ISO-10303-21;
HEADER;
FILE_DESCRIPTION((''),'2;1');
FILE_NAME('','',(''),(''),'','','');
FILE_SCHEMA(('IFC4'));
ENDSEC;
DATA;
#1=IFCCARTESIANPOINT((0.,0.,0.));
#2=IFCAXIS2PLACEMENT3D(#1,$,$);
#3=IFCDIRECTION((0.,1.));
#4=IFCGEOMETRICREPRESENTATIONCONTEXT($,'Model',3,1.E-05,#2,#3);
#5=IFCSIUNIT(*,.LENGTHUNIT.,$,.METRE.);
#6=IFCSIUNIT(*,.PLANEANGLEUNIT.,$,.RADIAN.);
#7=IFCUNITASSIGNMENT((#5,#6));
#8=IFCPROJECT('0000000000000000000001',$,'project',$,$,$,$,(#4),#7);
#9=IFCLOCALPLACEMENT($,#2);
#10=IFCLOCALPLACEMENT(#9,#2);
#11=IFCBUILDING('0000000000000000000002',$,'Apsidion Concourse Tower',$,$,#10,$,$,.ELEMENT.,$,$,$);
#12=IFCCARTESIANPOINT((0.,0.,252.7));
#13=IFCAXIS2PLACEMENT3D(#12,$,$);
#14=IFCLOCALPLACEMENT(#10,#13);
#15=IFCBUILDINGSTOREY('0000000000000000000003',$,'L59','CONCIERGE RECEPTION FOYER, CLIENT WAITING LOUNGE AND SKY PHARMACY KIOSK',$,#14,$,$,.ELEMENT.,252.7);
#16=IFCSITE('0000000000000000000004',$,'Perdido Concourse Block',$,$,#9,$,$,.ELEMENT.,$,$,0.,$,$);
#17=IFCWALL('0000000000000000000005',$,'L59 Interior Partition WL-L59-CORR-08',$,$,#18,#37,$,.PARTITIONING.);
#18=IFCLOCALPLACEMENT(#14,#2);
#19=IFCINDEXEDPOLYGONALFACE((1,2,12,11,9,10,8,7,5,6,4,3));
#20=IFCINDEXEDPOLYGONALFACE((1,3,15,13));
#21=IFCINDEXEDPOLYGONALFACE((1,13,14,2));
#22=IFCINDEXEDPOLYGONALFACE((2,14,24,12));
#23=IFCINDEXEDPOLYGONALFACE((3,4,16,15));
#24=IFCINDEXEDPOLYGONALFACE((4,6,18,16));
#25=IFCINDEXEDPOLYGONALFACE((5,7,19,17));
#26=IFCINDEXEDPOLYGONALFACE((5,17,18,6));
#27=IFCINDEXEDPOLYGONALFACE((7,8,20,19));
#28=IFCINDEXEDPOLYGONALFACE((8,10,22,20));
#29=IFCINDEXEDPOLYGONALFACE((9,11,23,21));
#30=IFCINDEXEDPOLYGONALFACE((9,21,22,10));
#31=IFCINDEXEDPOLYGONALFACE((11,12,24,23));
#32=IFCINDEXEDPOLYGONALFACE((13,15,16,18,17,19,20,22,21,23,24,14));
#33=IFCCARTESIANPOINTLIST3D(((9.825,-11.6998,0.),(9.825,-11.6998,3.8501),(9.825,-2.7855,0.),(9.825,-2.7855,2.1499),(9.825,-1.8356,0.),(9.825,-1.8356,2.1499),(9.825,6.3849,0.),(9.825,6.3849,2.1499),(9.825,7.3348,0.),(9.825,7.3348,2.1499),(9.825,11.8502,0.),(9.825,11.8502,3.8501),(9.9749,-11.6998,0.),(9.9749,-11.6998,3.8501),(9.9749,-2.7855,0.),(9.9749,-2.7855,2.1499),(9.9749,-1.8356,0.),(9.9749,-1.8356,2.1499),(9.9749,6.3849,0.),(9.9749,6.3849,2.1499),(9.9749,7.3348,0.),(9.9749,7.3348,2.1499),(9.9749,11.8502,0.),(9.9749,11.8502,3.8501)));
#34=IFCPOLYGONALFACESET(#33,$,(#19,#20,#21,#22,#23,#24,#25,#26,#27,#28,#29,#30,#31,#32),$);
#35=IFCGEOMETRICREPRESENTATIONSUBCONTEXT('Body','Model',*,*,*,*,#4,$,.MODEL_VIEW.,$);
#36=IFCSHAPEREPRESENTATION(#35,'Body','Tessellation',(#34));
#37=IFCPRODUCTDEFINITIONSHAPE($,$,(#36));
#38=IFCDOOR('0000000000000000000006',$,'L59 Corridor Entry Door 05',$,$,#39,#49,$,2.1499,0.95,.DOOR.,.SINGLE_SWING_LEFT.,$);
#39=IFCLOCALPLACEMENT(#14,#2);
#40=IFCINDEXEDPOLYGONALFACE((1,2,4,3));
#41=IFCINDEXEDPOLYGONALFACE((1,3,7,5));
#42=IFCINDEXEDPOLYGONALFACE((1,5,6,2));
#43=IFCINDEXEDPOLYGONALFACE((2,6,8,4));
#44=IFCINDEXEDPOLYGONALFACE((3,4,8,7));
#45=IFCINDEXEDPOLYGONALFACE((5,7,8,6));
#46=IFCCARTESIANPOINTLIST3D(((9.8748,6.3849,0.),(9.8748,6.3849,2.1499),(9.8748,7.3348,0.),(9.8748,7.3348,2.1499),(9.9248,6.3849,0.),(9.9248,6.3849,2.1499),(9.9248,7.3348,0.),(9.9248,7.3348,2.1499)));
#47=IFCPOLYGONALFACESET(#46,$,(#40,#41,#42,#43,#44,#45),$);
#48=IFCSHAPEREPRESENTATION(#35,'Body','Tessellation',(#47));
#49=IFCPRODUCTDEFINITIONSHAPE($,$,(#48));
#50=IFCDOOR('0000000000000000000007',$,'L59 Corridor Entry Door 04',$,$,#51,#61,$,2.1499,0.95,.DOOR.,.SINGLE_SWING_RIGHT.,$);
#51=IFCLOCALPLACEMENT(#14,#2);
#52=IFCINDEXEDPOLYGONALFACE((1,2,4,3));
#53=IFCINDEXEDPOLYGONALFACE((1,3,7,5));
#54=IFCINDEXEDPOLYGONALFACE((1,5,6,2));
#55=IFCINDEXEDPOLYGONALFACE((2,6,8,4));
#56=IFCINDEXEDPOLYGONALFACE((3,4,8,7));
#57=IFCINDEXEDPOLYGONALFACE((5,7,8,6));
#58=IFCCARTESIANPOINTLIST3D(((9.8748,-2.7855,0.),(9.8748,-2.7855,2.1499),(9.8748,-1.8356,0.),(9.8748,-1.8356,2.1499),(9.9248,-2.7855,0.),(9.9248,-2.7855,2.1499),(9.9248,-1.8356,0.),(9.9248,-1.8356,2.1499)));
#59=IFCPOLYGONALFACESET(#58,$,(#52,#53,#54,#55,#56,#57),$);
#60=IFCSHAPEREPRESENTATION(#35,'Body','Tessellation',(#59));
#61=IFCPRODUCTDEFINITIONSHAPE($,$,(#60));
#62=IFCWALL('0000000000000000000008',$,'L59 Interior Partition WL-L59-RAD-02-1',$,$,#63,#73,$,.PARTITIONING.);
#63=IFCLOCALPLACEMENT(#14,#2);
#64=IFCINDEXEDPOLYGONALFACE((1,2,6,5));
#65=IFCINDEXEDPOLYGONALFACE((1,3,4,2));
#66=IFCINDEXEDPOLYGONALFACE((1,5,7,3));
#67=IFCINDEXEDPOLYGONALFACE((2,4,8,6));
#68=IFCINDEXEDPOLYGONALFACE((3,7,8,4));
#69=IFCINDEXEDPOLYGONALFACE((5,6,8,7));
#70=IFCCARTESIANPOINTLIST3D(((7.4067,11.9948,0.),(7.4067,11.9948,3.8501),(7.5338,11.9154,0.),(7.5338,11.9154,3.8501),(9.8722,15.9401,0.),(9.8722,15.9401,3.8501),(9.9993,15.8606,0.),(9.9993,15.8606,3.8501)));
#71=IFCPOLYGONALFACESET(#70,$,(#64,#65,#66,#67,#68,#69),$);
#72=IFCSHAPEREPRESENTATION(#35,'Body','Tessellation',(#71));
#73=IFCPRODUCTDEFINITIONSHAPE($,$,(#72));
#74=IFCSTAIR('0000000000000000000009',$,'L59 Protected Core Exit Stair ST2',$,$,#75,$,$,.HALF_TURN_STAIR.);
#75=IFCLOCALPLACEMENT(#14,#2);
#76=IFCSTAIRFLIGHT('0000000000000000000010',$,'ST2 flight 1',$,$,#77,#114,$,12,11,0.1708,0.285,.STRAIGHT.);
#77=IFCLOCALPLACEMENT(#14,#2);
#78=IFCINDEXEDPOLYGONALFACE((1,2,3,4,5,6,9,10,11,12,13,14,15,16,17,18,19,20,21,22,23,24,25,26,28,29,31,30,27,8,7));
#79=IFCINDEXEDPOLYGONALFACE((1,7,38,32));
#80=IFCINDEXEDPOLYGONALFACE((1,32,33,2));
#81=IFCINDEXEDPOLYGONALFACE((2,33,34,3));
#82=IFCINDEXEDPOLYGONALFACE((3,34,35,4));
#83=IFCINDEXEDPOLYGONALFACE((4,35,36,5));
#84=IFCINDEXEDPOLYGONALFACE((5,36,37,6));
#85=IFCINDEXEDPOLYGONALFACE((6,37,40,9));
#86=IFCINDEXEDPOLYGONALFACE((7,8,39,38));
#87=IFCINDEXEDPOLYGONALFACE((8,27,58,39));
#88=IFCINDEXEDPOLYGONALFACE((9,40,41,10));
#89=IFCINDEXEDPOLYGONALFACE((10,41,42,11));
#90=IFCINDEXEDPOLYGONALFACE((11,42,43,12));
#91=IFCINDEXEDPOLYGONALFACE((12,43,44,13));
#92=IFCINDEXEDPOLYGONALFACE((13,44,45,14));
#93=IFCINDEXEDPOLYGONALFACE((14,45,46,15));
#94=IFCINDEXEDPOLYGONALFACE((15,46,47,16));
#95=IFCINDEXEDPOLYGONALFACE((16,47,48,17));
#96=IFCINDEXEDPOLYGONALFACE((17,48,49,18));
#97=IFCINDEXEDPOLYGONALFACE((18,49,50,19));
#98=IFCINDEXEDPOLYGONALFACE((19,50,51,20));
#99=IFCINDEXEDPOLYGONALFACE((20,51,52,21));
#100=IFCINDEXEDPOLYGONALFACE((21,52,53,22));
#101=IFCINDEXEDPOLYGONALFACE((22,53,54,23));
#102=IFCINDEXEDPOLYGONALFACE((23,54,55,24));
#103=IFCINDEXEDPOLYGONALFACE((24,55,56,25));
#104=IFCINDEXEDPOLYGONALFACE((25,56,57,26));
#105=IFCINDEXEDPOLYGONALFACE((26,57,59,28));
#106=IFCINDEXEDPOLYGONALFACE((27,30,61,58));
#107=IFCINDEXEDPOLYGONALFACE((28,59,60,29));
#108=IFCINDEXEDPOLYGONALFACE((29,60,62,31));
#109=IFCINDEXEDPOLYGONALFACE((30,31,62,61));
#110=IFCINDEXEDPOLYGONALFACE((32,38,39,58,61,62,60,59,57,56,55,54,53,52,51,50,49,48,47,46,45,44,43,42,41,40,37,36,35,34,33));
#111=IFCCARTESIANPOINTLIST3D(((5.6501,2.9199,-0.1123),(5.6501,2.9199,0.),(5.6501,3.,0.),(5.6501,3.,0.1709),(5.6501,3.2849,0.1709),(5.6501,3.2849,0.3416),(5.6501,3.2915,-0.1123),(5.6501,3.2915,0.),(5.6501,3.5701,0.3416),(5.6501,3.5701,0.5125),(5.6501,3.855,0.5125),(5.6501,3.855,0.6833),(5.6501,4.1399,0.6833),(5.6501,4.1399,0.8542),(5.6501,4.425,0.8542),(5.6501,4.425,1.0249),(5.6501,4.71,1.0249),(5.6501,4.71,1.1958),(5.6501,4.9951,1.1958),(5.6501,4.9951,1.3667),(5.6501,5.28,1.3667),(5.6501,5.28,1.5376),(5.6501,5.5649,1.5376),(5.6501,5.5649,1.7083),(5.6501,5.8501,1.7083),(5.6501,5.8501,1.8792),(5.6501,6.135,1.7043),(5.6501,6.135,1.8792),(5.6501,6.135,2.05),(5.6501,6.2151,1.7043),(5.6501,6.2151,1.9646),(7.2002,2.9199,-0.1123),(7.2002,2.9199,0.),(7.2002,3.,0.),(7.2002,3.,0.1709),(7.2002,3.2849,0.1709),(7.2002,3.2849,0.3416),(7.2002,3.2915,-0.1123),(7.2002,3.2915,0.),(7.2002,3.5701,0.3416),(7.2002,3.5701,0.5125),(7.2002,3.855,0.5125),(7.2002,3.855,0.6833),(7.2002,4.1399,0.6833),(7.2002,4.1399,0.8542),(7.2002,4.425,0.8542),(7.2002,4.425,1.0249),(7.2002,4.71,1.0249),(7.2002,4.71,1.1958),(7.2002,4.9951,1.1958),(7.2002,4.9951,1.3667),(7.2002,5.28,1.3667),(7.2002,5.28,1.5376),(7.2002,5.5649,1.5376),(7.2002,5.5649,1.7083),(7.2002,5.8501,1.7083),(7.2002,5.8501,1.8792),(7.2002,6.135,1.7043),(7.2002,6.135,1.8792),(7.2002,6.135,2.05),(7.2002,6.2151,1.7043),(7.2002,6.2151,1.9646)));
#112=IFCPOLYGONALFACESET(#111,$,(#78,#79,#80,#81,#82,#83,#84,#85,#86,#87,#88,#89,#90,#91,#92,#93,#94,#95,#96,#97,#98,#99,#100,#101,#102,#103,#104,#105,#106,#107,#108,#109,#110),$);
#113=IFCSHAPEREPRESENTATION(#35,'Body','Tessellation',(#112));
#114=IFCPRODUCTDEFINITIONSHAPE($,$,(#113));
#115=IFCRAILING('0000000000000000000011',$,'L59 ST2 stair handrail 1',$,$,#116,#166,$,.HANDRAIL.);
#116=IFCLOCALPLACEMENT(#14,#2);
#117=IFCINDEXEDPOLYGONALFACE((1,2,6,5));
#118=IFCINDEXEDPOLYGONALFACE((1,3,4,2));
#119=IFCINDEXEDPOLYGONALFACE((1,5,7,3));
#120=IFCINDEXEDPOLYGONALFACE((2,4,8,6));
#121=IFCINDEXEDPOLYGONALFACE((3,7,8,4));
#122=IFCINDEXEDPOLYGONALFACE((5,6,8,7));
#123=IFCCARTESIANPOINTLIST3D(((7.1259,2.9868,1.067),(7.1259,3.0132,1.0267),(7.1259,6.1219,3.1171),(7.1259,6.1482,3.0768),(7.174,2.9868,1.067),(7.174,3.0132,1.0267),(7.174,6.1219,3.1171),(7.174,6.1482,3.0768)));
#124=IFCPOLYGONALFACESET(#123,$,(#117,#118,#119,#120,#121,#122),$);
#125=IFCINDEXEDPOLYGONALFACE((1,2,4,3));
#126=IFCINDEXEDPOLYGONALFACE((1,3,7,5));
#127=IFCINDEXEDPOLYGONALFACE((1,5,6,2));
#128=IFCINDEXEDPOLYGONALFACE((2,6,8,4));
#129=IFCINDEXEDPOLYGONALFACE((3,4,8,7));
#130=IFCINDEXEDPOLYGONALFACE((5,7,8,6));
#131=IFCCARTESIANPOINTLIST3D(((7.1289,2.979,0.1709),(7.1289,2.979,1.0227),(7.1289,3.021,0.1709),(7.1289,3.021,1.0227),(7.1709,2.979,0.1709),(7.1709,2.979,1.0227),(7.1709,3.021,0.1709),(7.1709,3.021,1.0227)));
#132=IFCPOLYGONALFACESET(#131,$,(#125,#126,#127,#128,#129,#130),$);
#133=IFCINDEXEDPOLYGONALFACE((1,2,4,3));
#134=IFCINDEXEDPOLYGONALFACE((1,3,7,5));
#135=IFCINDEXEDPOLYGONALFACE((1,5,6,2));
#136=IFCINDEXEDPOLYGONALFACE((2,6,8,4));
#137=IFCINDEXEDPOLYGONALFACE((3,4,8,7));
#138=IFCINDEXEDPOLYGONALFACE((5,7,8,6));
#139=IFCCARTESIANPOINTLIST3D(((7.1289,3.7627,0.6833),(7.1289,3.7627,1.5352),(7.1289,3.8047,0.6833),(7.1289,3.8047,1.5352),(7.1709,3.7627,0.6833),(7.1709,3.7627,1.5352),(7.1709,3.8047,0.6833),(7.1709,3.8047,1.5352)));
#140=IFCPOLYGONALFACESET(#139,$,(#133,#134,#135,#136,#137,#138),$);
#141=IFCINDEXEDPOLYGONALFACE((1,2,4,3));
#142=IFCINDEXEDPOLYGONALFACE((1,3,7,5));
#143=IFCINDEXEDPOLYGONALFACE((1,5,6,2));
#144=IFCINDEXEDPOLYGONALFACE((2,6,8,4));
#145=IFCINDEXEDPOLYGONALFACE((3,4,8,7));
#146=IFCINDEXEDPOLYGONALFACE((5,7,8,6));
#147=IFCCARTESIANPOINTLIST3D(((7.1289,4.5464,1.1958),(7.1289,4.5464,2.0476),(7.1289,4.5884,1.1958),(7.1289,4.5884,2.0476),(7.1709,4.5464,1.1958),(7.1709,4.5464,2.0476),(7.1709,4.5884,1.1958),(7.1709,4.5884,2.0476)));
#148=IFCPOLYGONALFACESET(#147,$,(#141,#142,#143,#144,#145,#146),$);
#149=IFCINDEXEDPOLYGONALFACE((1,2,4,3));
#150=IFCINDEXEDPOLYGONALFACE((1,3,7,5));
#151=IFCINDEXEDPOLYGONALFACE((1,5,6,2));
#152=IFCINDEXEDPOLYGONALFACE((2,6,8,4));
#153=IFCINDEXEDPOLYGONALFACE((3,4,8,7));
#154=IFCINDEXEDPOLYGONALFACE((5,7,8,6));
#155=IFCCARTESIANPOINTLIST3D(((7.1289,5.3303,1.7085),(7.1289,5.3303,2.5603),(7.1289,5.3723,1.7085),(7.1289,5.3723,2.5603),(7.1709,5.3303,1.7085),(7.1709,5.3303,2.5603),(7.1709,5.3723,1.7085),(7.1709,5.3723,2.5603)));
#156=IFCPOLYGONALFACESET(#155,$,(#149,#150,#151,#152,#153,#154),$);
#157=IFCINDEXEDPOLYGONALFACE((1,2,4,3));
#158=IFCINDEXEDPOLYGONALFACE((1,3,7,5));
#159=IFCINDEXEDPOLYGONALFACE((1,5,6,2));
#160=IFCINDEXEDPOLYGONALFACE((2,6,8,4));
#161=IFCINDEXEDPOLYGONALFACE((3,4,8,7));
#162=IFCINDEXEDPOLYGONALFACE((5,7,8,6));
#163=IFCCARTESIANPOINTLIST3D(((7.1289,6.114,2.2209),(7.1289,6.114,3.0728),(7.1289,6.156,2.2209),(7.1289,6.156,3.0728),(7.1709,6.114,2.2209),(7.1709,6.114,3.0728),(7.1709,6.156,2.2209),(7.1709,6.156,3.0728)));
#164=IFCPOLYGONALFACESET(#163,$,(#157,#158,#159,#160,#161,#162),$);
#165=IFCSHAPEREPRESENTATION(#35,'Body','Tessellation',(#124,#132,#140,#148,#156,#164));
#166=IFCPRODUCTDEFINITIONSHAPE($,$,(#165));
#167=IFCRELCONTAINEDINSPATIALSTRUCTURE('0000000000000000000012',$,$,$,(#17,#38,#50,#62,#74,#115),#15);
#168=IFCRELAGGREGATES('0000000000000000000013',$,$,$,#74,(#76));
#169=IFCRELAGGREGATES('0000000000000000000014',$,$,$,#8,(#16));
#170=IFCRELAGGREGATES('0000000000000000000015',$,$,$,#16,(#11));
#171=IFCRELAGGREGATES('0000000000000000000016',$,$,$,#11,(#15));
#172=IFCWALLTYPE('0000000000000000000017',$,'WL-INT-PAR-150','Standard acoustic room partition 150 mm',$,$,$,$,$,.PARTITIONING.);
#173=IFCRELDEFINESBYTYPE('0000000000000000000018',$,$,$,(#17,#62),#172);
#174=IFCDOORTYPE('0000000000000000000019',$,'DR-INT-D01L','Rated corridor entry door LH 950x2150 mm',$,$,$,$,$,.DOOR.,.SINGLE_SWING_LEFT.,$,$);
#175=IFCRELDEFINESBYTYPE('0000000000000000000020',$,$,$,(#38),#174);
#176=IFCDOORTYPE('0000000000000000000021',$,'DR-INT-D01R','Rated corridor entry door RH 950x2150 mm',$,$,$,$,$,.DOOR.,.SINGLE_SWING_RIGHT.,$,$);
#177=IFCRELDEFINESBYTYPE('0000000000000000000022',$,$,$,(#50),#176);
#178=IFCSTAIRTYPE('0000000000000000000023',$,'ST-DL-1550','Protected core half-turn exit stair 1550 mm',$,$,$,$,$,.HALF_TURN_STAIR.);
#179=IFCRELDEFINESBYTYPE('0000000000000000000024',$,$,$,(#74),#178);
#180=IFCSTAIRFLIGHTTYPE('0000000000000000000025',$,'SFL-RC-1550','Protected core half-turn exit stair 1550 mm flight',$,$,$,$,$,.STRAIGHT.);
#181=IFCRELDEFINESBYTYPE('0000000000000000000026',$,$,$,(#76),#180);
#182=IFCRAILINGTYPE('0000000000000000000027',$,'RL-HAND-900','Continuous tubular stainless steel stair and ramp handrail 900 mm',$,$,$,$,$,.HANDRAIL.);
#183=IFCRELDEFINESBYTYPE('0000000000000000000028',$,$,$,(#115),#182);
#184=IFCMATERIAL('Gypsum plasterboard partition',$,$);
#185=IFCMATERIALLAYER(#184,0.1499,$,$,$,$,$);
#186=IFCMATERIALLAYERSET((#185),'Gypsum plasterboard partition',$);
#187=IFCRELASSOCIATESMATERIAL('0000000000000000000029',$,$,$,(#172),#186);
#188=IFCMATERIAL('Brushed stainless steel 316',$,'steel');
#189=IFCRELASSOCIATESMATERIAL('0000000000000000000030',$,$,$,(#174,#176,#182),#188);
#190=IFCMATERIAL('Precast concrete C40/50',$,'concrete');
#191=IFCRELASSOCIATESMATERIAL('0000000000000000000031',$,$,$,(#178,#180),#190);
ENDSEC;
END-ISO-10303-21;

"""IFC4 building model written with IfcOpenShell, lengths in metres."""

from ifc_helpers import new_model, si_unit, direction, frame, frame_2d, origin, origin_2d, place, context, subcontext, project, spatial, polyline, rectangle, outline, extrude, material, layer, layer_set, type_object, element, fill, aggregate, save


model = new_model("IFC4")

# Units and contexts
model_context = context("Model", 3, precision=1e-05, world=origin(), true_north=direction((0.0, 1.0)))
body_context = subcontext(model_context, "Body", "Model", "MODEL_VIEW")
ifc_project = project(units=[si_unit("LENGTHUNIT", "METRE"), si_unit("PLANEANGLEUNIT", "RADIAN")], contexts=[model_context])

# Site, building, storey
site_placement = place(None, origin())
site = spatial("IfcSite", under=ifc_project, at=site_placement, Name="Perdido Concourse Block", CompositionType="ELEMENT", RefElevation=0.0)
building_placement = place(site_placement, origin())
building = spatial("IfcBuilding", under=site, at=building_placement, Name="Apsidion Concourse Tower", CompositionType="ELEMENT")
storey_placement = place(building_placement, frame((0.0, 0.0, 252.7)))
storey = spatial("IfcBuildingStorey", under=building, at=storey_placement, Name="L59", Description="CONCIERGE RECEPTION FOYER, CLIENT WAITING LOUNGE AND SKY PHARMACY KIOSK", CompositionType="ELEMENT", Elevation=252.7)

# Shared definitions
ifc_material_1 = material(Name="Precast concrete C40/50", Category="concrete")

# Wall, openings, doors
ifc_material_2 = material(Name="Gypsum plasterboard partition")
ifc_layer_1 = layer(ifc_material_2, 0.1499)
ifc_layer_set_1 = layer_set([ifc_layer_1], Name="Gypsum plasterboard partition")
wall_type_1 = type_object("IfcWallType", Name="WL-INT-PAR-150", Description="Standard acoustic room partition 150 mm", PredefinedType="PARTITIONING", material=ifc_layer_set_1)
wall_1_placement = place(storey_placement, frame((9.8999, 11.8501, 0.0), z_axis=(0.0, 0.0, 1.0), x_axis=(0.0, -1.0, 0.0)))
wall_1 = element("IfcWall", 1, at=wall_1_placement, inside=storey, type_object=wall_type_1, Name="L59 Interior Partition WL-L59-CORR-08", PredefinedType="PARTITIONING", context=body_context, shape_type="SweptSolid", body=[
    extrude(rectangle(XDim=23.55, YDim=0.1499, at=frame_2d((11.7749, 0.0))), origin(), (0.0, 0.0, 1.0), 3.8501),
])
opening_1_placement = place(wall_1_placement, frame((13.6855, 0.0, 0.0)))
opening_1 = element("IfcOpeningElement", 2, at=opening_1_placement, cuts=wall_1, PredefinedType="OPENING", context=body_context, shape_type="SweptSolid", body=[
    extrude(rectangle(XDim=0.95, YDim=2.1499, at=frame_2d((0.4751, 1.075))), frame((0.0, 0.085, 0.0), z_axis=(0.0, -1.0, 0.0), x_axis=(1.0, 0.0, 0.0)), (0.0, 0.0, 1.0), 0.1699),
])
opening_2_placement = place(wall_1_placement, frame((4.5151, 0.0, 0.0)))
opening_2 = element("IfcOpeningElement", 3, at=opening_2_placement, cuts=wall_1, PredefinedType="OPENING", context=body_context, shape_type="SweptSolid", body=[
    extrude(rectangle(XDim=0.95, YDim=2.1499, at=frame_2d((0.4751, 1.075))), frame((0.0, 0.085, 0.0), z_axis=(0.0, -1.0, 0.0), x_axis=(1.0, 0.0, 0.0)), (0.0, 0.0, 1.0), 0.1699),
])
ifc_material_3 = material(Name="Brushed stainless steel 316", Category="steel")
door_type_1 = type_object("IfcDoorType", Name="DR-INT-D01L", Description="Rated corridor entry door LH 950x2150 mm", OperationType="SINGLE_SWING_LEFT", PredefinedType="DOOR", material=ifc_material_3)
door_1_placement = place(opening_2_placement, origin())
door_1 = element("IfcDoor", 4, at=door_1_placement, inside=storey, type_object=door_type_1, Name="L59 Corridor Entry Door 05", OperationType="SINGLE_SWING_LEFT", OverallHeight=2.1499, OverallWidth=0.95, PredefinedType="DOOR", context=body_context, shape_type="SweptSolid", body=[
    extrude(rectangle(XDim=0.95, YDim=2.1499, at=frame_2d((0.4751, 1.075))), frame((0.0, 0.0249, 0.0), z_axis=(0.0, -1.0, 0.0), x_axis=(1.0, 0.0, 0.0)), (0.0, 0.0, 1.0), 0.05),
])
fill(opening_2, door_1)
door_type_2 = type_object("IfcDoorType", Name="DR-INT-D01R", Description="Rated corridor entry door RH 950x2150 mm", OperationType="SINGLE_SWING_RIGHT", PredefinedType="DOOR", material=ifc_material_3)
door_2_placement = place(opening_1_placement, origin())
door_2 = element("IfcDoor", 5, at=door_2_placement, inside=storey, type_object=door_type_2, Name="L59 Corridor Entry Door 04", OperationType="SINGLE_SWING_RIGHT", OverallHeight=2.1499, OverallWidth=0.95, PredefinedType="DOOR", context=body_context, shape_type="SweptSolid", body=[
    extrude(rectangle(XDim=0.95, YDim=2.1499, at=frame_2d((0.4751, 1.075))), frame((0.0, 0.0249, 0.0), z_axis=(0.0, -1.0, 0.0), x_axis=(1.0, 0.0, 0.0)), (0.0, 0.0, 1.0), 0.05),
])
fill(opening_1, door_2)

# Wall
wall_2_placement = place(storey_placement, frame((7.4702, 11.9551, 0.0), z_axis=(0.0, 0.0, 1.0), x_axis=(0.529961, 0.848022, 0.0)))
element("IfcWall", 6, at=wall_2_placement, inside=storey, type_object=wall_type_1, Name="L59 Interior Partition WL-L59-RAD-02-1", PredefinedType="PARTITIONING", context=body_context, shape_type="SweptSolid", body=[
    extrude(rectangle(XDim=4.6523, YDim=0.1499, at=frame_2d((2.3262, 0.0))), origin(), (0.0, 0.0, 1.0), 3.8501),
])

# Stair, stair flight
stair_type = type_object("IfcStairType", Name="ST-DL-1550", Description="Protected core half-turn exit stair 1550 mm", PredefinedType="HALF_TURN_STAIR", material=ifc_material_1)
stair_placement = place(storey_placement, origin())
stair = element("IfcStair", 7, at=stair_placement, inside=storey, type_object=stair_type, Name="L59 Protected Core Exit Stair ST2", PredefinedType="HALF_TURN_STAIR")
stair_flight_type = type_object("IfcStairFlightType", Name="SFL-RC-1550", Description="Protected core half-turn exit stair 1550 mm flight", PredefinedType="STRAIGHT", material=ifc_material_1)
stair_flight_placement = place(storey_placement, frame((6.425, 3.0, 0.0), z_axis=(0.0, 0.0, 1.0), x_axis=(0.0, 1.0, 0.0)))
stair_flight = element("IfcStairFlight", 8, at=stair_flight_placement, type_object=stair_flight_type, Name="ST2 flight 1", NumberOfRisers=12, NumberOfTreads=11, PredefinedType="STRAIGHT", RiserHeight=0.1708, TreadLength=0.285, context=body_context, shape_type="SweptSolid", body=[
    extrude(outline(polyline([(-0.0801, -0.1123), (-0.0801, 0.0), (0.0, 0.0), (0.0, 0.1709), (0.2849, 0.1709), (0.2849, 0.3416), (0.5701, 0.3416), (0.5701, 0.5125), (0.855, 0.5125), (0.855, 0.6833), (1.1399, 0.6833), (1.1399, 0.8542), (1.425, 0.8542), (1.425, 1.0249), (1.71, 1.0249), (1.71, 1.1958), (1.9951, 1.1958), (1.9951, 1.3667), (2.28, 1.3667), (2.28, 1.5376), (2.5649, 1.5376), (2.5649, 1.7083), (2.8501, 1.7083), (2.8501, 1.8792), (3.135, 1.8792), (3.135, 2.05), (3.2151, 1.9646), (3.2151, 1.7043), (3.135, 1.7043), (0.2915, 0.0), (0.2915, -0.1123), (-0.0801, -0.1123)])), frame((0.0, 0.7749, 0.0), z_axis=(0.0, -1.0, 0.0), x_axis=(1.0, 0.0, 0.0)), (0.0, 0.0, 1.0), 1.55),
])
aggregate(stair, [stair_flight])

# Railing
railing_type = type_object("IfcRailingType", Name="RL-HAND-900", Description="Continuous tubular stainless steel stair and ramp handrail 900 mm", PredefinedType="HANDRAIL", material=ifc_material_3)
railing_placement = place(storey_placement, frame((7.1499, 3.0, 0.1709)))
element("IfcRailing", 9, at=railing_placement, inside=storey, type_object=railing_type, Name="L59 ST2 stair handrail 1", PredefinedType="HANDRAIL", context=body_context, shape_type="SweptSolid", body=[
    extrude(rectangle(XDim=0.0481, YDim=0.0481, at=origin_2d()), frame((0.0, 0.0, 0.876), z_axis=(0.0, 0.836941, 0.547293), x_axis=(-1.0, 0.0, 0.0)), (0.0, 0.0, 1.0), 3.7458),
    extrude(rectangle(XDim=0.042, YDim=0.042, at=origin_2d()), origin(), (0.0, 0.0, 1.0), 0.8518),
    extrude(rectangle(XDim=0.042, YDim=0.042, at=origin_2d()), frame((0.0, 0.7837, 0.5125)), (0.0, 0.0, 1.0), 0.8518),
    extrude(rectangle(XDim=0.042, YDim=0.042, at=origin_2d()), frame((0.0, 1.5674, 1.0249)), (0.0, 0.0, 1.0), 0.8518),
    extrude(rectangle(XDim=0.042, YDim=0.042, at=origin_2d()), frame((0.0, 2.3513, 1.5376)), (0.0, 0.0, 1.0), 0.8518),
    extrude(rectangle(XDim=0.042, YDim=0.042, at=origin_2d()), frame((0.0, 3.135, 2.05)), (0.0, 0.0, 1.0), 0.8518),
])

save(model, "model.ifc")
